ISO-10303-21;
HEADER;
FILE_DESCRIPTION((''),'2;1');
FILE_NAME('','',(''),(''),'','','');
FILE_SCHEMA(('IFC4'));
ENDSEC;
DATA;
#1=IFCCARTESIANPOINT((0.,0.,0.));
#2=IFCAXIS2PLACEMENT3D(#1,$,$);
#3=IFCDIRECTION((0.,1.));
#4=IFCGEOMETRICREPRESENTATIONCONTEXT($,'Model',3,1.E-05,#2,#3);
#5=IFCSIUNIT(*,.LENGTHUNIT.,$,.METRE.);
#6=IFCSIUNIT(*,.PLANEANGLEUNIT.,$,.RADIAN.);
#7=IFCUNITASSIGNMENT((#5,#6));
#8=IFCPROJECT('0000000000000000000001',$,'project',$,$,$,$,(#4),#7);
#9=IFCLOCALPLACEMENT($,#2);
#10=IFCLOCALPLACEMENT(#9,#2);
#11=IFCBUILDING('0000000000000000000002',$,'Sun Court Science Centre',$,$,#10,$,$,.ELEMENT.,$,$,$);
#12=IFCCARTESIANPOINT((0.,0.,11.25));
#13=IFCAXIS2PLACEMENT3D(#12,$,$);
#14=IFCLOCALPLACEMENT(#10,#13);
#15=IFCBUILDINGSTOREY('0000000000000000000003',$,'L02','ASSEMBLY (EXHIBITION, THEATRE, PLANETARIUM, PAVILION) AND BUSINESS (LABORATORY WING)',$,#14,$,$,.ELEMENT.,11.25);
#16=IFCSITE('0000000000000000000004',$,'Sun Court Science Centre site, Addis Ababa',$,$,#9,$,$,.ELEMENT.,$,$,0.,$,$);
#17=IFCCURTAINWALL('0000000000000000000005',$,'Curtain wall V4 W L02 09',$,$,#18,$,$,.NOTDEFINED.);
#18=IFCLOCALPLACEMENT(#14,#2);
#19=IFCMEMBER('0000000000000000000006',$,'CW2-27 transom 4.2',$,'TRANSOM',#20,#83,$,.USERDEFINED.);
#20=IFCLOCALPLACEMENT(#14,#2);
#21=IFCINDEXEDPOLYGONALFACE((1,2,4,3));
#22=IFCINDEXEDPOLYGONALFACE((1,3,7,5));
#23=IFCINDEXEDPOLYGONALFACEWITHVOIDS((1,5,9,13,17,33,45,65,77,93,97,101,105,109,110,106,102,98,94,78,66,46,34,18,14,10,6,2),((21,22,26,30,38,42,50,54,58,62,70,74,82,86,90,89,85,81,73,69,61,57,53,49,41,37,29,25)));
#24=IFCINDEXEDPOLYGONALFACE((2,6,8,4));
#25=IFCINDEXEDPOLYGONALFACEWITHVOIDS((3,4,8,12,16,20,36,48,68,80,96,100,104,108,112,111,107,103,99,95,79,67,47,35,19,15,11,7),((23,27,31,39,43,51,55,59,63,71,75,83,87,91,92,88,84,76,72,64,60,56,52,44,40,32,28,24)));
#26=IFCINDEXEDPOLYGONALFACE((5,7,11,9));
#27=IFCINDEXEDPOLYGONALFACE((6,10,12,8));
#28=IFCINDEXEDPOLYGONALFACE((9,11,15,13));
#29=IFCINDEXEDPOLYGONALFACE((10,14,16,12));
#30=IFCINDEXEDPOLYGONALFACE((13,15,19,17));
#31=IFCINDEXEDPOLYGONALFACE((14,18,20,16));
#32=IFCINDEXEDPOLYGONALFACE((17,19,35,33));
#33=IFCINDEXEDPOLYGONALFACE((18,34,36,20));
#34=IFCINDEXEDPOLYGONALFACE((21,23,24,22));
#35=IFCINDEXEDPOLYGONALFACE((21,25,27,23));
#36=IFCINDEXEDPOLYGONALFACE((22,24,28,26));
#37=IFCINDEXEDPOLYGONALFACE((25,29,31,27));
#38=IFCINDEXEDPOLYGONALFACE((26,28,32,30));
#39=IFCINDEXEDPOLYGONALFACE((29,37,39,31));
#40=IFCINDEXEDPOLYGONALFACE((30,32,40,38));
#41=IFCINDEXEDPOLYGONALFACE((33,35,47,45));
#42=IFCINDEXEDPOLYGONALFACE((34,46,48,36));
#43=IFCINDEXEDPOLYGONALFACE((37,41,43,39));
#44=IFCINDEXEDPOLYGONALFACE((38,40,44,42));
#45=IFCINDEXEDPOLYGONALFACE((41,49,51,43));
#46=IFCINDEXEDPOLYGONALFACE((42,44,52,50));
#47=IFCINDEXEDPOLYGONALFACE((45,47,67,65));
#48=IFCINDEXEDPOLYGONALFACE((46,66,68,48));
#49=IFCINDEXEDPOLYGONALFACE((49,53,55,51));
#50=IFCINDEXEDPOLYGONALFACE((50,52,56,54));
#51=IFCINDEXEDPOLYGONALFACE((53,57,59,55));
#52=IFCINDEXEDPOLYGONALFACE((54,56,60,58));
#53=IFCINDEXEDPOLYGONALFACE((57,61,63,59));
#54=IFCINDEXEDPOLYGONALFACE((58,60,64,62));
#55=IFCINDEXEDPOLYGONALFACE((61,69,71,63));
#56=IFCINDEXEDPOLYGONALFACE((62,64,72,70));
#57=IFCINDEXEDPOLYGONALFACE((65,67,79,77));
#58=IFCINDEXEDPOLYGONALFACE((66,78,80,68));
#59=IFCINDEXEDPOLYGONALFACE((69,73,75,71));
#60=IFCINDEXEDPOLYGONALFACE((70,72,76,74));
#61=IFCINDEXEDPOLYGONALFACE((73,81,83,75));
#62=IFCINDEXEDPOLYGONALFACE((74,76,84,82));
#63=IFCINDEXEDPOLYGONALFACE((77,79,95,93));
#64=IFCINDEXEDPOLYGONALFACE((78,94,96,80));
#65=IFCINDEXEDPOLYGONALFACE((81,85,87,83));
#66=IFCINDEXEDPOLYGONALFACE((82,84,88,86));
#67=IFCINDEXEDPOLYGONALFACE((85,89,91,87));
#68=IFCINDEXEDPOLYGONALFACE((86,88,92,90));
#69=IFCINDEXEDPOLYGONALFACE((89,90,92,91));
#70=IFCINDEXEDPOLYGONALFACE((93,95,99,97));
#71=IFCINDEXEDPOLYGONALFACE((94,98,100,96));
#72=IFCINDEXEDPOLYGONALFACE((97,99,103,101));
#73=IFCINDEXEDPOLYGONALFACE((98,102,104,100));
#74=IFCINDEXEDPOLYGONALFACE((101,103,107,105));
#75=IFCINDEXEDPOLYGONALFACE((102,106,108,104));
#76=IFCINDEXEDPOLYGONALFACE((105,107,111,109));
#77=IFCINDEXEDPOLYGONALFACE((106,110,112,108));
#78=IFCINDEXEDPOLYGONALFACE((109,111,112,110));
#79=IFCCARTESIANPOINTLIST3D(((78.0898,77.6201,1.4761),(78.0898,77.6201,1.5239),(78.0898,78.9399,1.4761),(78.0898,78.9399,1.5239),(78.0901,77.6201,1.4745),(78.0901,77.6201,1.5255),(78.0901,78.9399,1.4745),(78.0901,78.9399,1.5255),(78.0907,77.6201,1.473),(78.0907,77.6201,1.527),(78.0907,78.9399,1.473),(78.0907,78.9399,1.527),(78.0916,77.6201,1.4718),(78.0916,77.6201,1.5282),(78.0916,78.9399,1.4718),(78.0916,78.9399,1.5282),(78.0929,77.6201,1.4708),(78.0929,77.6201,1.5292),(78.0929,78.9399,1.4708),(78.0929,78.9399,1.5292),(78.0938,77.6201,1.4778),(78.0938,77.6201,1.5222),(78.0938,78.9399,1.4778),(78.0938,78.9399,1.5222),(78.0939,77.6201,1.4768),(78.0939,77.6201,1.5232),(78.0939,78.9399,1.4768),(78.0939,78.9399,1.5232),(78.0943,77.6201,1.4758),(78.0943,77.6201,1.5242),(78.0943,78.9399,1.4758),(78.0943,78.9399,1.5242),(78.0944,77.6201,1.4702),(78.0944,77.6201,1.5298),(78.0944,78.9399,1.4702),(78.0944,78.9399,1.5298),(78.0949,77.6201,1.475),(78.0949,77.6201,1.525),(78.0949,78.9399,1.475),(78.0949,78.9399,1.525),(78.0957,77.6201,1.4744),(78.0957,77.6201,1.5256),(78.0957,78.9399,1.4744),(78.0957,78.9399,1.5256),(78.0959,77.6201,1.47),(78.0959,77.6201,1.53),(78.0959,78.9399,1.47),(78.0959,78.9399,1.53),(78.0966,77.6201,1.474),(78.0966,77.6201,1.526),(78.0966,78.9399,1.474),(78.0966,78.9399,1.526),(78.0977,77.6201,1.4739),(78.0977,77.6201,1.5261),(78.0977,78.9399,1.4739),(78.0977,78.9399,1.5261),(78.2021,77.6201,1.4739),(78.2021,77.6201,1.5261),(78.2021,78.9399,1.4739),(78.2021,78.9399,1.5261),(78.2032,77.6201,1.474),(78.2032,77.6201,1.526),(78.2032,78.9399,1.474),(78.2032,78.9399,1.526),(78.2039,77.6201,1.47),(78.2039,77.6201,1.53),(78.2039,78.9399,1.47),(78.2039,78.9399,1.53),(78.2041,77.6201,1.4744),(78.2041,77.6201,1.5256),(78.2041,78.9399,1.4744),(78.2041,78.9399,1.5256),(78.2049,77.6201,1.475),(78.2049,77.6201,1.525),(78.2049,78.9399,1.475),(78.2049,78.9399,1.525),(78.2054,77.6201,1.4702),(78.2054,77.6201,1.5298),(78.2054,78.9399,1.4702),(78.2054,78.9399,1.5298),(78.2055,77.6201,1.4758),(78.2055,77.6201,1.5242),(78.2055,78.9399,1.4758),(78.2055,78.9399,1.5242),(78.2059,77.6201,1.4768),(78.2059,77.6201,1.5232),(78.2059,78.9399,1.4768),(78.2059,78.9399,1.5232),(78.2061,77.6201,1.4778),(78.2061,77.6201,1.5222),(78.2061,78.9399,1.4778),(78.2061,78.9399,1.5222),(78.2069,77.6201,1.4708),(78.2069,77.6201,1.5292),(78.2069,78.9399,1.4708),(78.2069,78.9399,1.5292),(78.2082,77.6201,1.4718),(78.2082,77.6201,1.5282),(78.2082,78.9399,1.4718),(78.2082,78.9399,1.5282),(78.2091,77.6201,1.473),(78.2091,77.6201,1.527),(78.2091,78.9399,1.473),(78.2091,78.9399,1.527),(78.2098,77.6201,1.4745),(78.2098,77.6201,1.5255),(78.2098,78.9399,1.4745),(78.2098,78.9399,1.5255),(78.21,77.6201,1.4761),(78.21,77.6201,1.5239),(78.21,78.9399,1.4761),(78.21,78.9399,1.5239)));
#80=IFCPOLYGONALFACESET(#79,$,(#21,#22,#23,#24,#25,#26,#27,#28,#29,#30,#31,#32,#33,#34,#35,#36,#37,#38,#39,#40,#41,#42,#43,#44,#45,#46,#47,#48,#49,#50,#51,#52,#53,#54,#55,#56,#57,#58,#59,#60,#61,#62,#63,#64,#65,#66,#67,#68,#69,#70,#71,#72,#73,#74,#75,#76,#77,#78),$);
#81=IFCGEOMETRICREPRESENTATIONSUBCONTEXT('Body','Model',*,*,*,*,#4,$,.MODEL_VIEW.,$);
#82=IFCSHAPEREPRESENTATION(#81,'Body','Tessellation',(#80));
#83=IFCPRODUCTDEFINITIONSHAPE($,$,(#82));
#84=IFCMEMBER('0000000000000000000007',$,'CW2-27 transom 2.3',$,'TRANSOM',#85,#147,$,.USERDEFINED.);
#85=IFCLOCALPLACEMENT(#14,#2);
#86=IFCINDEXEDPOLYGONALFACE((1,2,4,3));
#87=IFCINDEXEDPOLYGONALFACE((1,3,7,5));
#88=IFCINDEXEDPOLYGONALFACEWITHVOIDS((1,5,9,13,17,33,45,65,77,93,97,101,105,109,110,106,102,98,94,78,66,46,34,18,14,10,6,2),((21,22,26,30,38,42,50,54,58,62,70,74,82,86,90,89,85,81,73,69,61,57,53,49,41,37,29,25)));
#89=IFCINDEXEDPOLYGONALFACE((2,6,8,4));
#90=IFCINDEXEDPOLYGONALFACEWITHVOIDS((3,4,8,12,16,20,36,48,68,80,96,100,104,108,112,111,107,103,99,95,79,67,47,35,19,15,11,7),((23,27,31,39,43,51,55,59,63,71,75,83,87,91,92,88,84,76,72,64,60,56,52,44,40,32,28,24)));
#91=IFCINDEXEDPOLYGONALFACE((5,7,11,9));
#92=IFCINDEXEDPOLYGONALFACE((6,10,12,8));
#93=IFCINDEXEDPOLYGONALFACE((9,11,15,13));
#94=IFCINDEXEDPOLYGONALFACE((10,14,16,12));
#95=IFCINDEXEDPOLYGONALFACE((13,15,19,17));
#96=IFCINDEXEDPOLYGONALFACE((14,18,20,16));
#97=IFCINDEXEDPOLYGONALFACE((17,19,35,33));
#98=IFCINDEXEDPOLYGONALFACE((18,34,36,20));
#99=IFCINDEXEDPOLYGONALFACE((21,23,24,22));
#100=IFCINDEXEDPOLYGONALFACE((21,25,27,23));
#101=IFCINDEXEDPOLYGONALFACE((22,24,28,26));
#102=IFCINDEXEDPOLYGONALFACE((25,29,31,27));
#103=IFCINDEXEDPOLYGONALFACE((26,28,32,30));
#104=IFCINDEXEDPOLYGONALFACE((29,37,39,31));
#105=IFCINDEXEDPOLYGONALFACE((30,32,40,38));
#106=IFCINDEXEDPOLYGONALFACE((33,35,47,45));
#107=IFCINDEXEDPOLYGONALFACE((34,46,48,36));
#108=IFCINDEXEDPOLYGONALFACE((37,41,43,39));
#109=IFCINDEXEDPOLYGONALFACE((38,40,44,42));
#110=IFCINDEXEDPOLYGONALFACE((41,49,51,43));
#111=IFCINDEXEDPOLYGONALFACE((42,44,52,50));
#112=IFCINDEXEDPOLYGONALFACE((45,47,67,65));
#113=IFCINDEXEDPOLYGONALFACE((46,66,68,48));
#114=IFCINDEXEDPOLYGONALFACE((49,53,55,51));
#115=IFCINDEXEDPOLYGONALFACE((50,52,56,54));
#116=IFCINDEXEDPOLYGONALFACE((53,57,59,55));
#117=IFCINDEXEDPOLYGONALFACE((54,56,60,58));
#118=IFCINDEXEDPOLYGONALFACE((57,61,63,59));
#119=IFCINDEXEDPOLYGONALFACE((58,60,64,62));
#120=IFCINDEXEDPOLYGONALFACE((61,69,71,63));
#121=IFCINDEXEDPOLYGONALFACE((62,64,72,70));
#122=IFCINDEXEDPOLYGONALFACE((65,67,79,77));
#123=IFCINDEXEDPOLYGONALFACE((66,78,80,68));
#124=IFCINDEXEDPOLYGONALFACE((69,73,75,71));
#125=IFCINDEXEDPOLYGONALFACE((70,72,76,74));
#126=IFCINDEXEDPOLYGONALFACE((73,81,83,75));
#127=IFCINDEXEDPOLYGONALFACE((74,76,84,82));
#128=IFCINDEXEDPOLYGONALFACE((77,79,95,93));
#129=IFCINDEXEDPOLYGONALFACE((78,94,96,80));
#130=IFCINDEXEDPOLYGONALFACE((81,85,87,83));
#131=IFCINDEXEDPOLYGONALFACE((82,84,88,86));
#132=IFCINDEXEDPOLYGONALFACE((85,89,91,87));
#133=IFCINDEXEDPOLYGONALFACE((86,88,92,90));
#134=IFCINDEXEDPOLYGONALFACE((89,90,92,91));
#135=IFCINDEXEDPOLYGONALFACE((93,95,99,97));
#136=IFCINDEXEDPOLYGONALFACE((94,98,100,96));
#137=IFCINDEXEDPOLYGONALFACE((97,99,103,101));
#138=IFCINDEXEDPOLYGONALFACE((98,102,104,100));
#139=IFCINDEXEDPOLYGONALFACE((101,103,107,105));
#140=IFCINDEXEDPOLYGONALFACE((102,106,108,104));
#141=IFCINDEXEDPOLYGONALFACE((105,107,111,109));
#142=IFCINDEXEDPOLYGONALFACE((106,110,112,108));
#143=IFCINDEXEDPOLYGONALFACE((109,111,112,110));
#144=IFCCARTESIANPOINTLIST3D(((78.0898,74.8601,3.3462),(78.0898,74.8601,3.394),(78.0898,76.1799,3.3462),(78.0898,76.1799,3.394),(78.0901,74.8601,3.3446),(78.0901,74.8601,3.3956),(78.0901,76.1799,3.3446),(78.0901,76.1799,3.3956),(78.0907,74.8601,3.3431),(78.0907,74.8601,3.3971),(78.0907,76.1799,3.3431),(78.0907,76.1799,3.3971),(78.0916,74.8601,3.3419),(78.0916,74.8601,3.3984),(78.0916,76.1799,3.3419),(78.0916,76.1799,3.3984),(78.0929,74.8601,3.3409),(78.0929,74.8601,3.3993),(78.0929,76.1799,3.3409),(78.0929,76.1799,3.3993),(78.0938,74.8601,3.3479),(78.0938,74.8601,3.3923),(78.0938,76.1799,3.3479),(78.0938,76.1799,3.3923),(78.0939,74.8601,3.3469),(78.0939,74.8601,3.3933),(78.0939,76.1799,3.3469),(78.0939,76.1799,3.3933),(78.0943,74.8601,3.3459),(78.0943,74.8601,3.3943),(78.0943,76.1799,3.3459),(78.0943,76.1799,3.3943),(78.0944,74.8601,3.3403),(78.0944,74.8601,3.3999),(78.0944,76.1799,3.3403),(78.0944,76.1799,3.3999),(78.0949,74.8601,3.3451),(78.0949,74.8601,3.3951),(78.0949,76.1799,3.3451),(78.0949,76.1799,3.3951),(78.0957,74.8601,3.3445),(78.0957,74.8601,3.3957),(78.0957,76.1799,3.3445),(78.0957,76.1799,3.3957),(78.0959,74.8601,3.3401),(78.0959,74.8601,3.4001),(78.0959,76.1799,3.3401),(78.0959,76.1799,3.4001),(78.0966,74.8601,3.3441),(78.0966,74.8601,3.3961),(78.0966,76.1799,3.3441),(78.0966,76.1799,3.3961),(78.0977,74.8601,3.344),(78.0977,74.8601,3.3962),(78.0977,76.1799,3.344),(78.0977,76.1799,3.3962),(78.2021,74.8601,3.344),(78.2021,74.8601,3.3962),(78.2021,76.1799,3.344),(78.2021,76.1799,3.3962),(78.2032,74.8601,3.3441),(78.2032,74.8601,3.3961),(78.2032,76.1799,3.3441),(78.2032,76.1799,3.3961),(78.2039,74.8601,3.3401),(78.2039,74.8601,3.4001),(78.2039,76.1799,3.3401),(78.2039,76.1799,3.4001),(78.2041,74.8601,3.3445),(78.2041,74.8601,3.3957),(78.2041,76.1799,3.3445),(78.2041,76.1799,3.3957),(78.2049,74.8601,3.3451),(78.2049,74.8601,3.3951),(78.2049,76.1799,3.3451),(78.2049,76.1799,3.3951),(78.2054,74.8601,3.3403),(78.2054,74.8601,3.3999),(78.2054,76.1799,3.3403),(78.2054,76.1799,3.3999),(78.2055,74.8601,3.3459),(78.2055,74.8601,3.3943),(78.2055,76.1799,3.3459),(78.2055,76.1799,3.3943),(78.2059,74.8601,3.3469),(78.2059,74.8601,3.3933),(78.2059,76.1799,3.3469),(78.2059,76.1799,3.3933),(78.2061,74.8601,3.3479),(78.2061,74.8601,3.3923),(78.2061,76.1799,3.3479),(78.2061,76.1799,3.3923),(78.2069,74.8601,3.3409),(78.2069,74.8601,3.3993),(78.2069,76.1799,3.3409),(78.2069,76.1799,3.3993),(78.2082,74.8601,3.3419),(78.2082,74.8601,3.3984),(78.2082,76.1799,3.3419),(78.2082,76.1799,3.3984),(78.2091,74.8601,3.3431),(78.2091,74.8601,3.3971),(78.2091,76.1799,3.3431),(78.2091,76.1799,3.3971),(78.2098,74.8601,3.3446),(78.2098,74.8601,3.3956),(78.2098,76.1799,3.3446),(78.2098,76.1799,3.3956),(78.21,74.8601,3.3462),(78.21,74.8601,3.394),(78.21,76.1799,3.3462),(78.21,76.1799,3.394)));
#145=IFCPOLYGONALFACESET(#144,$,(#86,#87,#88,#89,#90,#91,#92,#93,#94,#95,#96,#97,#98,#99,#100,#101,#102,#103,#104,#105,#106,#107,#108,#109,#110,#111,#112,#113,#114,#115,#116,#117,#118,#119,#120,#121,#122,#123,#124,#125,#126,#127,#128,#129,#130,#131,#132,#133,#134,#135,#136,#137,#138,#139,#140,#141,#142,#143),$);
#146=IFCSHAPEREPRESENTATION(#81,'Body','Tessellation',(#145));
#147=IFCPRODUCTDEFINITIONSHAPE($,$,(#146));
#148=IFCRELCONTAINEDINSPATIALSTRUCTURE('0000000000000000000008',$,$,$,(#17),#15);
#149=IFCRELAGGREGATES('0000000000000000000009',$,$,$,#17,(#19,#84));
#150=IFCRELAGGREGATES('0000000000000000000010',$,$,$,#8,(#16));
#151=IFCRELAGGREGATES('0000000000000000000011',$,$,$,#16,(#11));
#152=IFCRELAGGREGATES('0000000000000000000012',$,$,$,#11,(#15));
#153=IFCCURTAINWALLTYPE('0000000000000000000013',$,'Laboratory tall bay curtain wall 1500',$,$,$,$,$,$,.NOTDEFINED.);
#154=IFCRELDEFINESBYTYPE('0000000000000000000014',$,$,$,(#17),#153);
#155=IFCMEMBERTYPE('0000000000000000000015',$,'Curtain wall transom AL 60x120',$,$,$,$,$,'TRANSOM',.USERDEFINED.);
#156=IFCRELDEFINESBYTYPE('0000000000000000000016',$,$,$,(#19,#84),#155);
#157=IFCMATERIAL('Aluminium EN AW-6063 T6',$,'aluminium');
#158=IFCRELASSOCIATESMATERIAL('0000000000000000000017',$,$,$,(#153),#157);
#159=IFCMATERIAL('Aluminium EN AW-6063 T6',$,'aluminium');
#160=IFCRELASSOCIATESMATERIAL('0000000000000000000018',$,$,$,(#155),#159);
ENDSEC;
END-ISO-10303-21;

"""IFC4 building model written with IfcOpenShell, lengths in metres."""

from ifc_helpers import new_model, si_unit, direction, frame, origin, origin_2d, place, context, subcontext, project, spatial, hollow_rectangle, extrude, material, material_profile, profile_set, type_object, element, aggregate, save


model = new_model("IFC4")

# Units and contexts
model_context = context("Model", 3, precision=1e-05, world=origin(), true_north=direction((0.0, 1.0)))
body_context = subcontext(model_context, "Body", "Model", "MODEL_VIEW")
ifc_project = project(units=[si_unit("LENGTHUNIT", "METRE"), si_unit("PLANEANGLEUNIT", "RADIAN")], contexts=[model_context])

# Site, building, storey
site_placement = place(None, origin())
site = spatial("IfcSite", under=ifc_project, at=site_placement, Name="Sun Court Science Centre site, Addis Ababa", CompositionType="ELEMENT", RefElevation=0.0)
building_placement = place(site_placement, origin())
building = spatial("IfcBuilding", under=site, at=building_placement, Name="Sun Court Science Centre", CompositionType="ELEMENT")
storey_placement = place(building_placement, frame((0.0, 0.0, 11.25)))
storey = spatial("IfcBuildingStorey", under=building, at=storey_placement, Name="L02", Description="ASSEMBLY (EXHIBITION, THEATRE, PLANETARIUM, PAVILION) AND BUSINESS (LABORATORY WING)", CompositionType="ELEMENT", Elevation=11.25)

# Curtain wall, members
ifc_material_1 = material(Name="Aluminium EN AW-6063 T6", Category="aluminium")
curtain_wall_type = type_object("IfcCurtainWallType", Name="Laboratory tall bay curtain wall 1500", PredefinedType="NOTDEFINED", material=ifc_material_1)
curtain_wall_placement = place(storey_placement, origin())
curtain_wall = element("IfcCurtainWall", 1, at=curtain_wall_placement, inside=storey, type_object=curtain_wall_type, Name="Curtain wall V4 W L02 09", PredefinedType="NOTDEFINED")
ifc_material_2 = material(Name="Aluminium EN AW-6063 T6", Category="aluminium")
ifc_material_profile_1 = material_profile(ifc_material_2, hollow_rectangle(XDim=0.0601, YDim=0.1201, WallThickness=0.0039, InnerFilletRadius=0.0039, OuterFilletRadius=0.0061, at=origin_2d()), Name="AL 60x120x4")
ifc_profile_set_1 = profile_set([ifc_material_profile_1], Name="Aluminium EN AW-6063 T6")
member_type_1 = type_object("IfcMemberType", Name="Curtain wall transom AL 60x120", ElementType="TRANSOM", PredefinedType="USERDEFINED", material=ifc_profile_set_1)
member_1_placement = place(storey_placement, frame((78.1499, 77.6201, 1.5), z_axis=(0.0, 1.0, 0.0), x_axis=(0.0, 0.0, 1.0)))
member_1 = element("IfcMember", 2, at=member_1_placement, type_object=member_type_1, Name="CW2-27 transom 4.2", ObjectType="TRANSOM", PredefinedType="USERDEFINED", context=body_context, shape_type="SweptSolid", body=[
    extrude(hollow_rectangle(XDim=0.0601, YDim=0.1201, WallThickness=0.0039, InnerFilletRadius=0.0039, OuterFilletRadius=0.0061, at=origin_2d()), origin(), (0.0, 0.0, 1.0), 1.3198),
])
member_2_placement = place(storey_placement, frame((78.1499, 74.8601, 3.3701), z_axis=(0.0, 1.0, 0.0), x_axis=(0.0, 0.0, 1.0)))
member_2 = element("IfcMember", 3, at=member_2_placement, type_object=member_type_1, Name="CW2-27 transom 2.3", ObjectType="TRANSOM", PredefinedType="USERDEFINED", context=body_context, shape_type="SweptSolid", body=[
    extrude(hollow_rectangle(XDim=0.0601, YDim=0.1201, WallThickness=0.0039, InnerFilletRadius=0.0039, OuterFilletRadius=0.0061, at=origin_2d()), origin(), (0.0, 0.0, 1.0), 1.3198),
])

aggregate(curtain_wall, [member_1, member_2])

save(model, "model.ifc")
